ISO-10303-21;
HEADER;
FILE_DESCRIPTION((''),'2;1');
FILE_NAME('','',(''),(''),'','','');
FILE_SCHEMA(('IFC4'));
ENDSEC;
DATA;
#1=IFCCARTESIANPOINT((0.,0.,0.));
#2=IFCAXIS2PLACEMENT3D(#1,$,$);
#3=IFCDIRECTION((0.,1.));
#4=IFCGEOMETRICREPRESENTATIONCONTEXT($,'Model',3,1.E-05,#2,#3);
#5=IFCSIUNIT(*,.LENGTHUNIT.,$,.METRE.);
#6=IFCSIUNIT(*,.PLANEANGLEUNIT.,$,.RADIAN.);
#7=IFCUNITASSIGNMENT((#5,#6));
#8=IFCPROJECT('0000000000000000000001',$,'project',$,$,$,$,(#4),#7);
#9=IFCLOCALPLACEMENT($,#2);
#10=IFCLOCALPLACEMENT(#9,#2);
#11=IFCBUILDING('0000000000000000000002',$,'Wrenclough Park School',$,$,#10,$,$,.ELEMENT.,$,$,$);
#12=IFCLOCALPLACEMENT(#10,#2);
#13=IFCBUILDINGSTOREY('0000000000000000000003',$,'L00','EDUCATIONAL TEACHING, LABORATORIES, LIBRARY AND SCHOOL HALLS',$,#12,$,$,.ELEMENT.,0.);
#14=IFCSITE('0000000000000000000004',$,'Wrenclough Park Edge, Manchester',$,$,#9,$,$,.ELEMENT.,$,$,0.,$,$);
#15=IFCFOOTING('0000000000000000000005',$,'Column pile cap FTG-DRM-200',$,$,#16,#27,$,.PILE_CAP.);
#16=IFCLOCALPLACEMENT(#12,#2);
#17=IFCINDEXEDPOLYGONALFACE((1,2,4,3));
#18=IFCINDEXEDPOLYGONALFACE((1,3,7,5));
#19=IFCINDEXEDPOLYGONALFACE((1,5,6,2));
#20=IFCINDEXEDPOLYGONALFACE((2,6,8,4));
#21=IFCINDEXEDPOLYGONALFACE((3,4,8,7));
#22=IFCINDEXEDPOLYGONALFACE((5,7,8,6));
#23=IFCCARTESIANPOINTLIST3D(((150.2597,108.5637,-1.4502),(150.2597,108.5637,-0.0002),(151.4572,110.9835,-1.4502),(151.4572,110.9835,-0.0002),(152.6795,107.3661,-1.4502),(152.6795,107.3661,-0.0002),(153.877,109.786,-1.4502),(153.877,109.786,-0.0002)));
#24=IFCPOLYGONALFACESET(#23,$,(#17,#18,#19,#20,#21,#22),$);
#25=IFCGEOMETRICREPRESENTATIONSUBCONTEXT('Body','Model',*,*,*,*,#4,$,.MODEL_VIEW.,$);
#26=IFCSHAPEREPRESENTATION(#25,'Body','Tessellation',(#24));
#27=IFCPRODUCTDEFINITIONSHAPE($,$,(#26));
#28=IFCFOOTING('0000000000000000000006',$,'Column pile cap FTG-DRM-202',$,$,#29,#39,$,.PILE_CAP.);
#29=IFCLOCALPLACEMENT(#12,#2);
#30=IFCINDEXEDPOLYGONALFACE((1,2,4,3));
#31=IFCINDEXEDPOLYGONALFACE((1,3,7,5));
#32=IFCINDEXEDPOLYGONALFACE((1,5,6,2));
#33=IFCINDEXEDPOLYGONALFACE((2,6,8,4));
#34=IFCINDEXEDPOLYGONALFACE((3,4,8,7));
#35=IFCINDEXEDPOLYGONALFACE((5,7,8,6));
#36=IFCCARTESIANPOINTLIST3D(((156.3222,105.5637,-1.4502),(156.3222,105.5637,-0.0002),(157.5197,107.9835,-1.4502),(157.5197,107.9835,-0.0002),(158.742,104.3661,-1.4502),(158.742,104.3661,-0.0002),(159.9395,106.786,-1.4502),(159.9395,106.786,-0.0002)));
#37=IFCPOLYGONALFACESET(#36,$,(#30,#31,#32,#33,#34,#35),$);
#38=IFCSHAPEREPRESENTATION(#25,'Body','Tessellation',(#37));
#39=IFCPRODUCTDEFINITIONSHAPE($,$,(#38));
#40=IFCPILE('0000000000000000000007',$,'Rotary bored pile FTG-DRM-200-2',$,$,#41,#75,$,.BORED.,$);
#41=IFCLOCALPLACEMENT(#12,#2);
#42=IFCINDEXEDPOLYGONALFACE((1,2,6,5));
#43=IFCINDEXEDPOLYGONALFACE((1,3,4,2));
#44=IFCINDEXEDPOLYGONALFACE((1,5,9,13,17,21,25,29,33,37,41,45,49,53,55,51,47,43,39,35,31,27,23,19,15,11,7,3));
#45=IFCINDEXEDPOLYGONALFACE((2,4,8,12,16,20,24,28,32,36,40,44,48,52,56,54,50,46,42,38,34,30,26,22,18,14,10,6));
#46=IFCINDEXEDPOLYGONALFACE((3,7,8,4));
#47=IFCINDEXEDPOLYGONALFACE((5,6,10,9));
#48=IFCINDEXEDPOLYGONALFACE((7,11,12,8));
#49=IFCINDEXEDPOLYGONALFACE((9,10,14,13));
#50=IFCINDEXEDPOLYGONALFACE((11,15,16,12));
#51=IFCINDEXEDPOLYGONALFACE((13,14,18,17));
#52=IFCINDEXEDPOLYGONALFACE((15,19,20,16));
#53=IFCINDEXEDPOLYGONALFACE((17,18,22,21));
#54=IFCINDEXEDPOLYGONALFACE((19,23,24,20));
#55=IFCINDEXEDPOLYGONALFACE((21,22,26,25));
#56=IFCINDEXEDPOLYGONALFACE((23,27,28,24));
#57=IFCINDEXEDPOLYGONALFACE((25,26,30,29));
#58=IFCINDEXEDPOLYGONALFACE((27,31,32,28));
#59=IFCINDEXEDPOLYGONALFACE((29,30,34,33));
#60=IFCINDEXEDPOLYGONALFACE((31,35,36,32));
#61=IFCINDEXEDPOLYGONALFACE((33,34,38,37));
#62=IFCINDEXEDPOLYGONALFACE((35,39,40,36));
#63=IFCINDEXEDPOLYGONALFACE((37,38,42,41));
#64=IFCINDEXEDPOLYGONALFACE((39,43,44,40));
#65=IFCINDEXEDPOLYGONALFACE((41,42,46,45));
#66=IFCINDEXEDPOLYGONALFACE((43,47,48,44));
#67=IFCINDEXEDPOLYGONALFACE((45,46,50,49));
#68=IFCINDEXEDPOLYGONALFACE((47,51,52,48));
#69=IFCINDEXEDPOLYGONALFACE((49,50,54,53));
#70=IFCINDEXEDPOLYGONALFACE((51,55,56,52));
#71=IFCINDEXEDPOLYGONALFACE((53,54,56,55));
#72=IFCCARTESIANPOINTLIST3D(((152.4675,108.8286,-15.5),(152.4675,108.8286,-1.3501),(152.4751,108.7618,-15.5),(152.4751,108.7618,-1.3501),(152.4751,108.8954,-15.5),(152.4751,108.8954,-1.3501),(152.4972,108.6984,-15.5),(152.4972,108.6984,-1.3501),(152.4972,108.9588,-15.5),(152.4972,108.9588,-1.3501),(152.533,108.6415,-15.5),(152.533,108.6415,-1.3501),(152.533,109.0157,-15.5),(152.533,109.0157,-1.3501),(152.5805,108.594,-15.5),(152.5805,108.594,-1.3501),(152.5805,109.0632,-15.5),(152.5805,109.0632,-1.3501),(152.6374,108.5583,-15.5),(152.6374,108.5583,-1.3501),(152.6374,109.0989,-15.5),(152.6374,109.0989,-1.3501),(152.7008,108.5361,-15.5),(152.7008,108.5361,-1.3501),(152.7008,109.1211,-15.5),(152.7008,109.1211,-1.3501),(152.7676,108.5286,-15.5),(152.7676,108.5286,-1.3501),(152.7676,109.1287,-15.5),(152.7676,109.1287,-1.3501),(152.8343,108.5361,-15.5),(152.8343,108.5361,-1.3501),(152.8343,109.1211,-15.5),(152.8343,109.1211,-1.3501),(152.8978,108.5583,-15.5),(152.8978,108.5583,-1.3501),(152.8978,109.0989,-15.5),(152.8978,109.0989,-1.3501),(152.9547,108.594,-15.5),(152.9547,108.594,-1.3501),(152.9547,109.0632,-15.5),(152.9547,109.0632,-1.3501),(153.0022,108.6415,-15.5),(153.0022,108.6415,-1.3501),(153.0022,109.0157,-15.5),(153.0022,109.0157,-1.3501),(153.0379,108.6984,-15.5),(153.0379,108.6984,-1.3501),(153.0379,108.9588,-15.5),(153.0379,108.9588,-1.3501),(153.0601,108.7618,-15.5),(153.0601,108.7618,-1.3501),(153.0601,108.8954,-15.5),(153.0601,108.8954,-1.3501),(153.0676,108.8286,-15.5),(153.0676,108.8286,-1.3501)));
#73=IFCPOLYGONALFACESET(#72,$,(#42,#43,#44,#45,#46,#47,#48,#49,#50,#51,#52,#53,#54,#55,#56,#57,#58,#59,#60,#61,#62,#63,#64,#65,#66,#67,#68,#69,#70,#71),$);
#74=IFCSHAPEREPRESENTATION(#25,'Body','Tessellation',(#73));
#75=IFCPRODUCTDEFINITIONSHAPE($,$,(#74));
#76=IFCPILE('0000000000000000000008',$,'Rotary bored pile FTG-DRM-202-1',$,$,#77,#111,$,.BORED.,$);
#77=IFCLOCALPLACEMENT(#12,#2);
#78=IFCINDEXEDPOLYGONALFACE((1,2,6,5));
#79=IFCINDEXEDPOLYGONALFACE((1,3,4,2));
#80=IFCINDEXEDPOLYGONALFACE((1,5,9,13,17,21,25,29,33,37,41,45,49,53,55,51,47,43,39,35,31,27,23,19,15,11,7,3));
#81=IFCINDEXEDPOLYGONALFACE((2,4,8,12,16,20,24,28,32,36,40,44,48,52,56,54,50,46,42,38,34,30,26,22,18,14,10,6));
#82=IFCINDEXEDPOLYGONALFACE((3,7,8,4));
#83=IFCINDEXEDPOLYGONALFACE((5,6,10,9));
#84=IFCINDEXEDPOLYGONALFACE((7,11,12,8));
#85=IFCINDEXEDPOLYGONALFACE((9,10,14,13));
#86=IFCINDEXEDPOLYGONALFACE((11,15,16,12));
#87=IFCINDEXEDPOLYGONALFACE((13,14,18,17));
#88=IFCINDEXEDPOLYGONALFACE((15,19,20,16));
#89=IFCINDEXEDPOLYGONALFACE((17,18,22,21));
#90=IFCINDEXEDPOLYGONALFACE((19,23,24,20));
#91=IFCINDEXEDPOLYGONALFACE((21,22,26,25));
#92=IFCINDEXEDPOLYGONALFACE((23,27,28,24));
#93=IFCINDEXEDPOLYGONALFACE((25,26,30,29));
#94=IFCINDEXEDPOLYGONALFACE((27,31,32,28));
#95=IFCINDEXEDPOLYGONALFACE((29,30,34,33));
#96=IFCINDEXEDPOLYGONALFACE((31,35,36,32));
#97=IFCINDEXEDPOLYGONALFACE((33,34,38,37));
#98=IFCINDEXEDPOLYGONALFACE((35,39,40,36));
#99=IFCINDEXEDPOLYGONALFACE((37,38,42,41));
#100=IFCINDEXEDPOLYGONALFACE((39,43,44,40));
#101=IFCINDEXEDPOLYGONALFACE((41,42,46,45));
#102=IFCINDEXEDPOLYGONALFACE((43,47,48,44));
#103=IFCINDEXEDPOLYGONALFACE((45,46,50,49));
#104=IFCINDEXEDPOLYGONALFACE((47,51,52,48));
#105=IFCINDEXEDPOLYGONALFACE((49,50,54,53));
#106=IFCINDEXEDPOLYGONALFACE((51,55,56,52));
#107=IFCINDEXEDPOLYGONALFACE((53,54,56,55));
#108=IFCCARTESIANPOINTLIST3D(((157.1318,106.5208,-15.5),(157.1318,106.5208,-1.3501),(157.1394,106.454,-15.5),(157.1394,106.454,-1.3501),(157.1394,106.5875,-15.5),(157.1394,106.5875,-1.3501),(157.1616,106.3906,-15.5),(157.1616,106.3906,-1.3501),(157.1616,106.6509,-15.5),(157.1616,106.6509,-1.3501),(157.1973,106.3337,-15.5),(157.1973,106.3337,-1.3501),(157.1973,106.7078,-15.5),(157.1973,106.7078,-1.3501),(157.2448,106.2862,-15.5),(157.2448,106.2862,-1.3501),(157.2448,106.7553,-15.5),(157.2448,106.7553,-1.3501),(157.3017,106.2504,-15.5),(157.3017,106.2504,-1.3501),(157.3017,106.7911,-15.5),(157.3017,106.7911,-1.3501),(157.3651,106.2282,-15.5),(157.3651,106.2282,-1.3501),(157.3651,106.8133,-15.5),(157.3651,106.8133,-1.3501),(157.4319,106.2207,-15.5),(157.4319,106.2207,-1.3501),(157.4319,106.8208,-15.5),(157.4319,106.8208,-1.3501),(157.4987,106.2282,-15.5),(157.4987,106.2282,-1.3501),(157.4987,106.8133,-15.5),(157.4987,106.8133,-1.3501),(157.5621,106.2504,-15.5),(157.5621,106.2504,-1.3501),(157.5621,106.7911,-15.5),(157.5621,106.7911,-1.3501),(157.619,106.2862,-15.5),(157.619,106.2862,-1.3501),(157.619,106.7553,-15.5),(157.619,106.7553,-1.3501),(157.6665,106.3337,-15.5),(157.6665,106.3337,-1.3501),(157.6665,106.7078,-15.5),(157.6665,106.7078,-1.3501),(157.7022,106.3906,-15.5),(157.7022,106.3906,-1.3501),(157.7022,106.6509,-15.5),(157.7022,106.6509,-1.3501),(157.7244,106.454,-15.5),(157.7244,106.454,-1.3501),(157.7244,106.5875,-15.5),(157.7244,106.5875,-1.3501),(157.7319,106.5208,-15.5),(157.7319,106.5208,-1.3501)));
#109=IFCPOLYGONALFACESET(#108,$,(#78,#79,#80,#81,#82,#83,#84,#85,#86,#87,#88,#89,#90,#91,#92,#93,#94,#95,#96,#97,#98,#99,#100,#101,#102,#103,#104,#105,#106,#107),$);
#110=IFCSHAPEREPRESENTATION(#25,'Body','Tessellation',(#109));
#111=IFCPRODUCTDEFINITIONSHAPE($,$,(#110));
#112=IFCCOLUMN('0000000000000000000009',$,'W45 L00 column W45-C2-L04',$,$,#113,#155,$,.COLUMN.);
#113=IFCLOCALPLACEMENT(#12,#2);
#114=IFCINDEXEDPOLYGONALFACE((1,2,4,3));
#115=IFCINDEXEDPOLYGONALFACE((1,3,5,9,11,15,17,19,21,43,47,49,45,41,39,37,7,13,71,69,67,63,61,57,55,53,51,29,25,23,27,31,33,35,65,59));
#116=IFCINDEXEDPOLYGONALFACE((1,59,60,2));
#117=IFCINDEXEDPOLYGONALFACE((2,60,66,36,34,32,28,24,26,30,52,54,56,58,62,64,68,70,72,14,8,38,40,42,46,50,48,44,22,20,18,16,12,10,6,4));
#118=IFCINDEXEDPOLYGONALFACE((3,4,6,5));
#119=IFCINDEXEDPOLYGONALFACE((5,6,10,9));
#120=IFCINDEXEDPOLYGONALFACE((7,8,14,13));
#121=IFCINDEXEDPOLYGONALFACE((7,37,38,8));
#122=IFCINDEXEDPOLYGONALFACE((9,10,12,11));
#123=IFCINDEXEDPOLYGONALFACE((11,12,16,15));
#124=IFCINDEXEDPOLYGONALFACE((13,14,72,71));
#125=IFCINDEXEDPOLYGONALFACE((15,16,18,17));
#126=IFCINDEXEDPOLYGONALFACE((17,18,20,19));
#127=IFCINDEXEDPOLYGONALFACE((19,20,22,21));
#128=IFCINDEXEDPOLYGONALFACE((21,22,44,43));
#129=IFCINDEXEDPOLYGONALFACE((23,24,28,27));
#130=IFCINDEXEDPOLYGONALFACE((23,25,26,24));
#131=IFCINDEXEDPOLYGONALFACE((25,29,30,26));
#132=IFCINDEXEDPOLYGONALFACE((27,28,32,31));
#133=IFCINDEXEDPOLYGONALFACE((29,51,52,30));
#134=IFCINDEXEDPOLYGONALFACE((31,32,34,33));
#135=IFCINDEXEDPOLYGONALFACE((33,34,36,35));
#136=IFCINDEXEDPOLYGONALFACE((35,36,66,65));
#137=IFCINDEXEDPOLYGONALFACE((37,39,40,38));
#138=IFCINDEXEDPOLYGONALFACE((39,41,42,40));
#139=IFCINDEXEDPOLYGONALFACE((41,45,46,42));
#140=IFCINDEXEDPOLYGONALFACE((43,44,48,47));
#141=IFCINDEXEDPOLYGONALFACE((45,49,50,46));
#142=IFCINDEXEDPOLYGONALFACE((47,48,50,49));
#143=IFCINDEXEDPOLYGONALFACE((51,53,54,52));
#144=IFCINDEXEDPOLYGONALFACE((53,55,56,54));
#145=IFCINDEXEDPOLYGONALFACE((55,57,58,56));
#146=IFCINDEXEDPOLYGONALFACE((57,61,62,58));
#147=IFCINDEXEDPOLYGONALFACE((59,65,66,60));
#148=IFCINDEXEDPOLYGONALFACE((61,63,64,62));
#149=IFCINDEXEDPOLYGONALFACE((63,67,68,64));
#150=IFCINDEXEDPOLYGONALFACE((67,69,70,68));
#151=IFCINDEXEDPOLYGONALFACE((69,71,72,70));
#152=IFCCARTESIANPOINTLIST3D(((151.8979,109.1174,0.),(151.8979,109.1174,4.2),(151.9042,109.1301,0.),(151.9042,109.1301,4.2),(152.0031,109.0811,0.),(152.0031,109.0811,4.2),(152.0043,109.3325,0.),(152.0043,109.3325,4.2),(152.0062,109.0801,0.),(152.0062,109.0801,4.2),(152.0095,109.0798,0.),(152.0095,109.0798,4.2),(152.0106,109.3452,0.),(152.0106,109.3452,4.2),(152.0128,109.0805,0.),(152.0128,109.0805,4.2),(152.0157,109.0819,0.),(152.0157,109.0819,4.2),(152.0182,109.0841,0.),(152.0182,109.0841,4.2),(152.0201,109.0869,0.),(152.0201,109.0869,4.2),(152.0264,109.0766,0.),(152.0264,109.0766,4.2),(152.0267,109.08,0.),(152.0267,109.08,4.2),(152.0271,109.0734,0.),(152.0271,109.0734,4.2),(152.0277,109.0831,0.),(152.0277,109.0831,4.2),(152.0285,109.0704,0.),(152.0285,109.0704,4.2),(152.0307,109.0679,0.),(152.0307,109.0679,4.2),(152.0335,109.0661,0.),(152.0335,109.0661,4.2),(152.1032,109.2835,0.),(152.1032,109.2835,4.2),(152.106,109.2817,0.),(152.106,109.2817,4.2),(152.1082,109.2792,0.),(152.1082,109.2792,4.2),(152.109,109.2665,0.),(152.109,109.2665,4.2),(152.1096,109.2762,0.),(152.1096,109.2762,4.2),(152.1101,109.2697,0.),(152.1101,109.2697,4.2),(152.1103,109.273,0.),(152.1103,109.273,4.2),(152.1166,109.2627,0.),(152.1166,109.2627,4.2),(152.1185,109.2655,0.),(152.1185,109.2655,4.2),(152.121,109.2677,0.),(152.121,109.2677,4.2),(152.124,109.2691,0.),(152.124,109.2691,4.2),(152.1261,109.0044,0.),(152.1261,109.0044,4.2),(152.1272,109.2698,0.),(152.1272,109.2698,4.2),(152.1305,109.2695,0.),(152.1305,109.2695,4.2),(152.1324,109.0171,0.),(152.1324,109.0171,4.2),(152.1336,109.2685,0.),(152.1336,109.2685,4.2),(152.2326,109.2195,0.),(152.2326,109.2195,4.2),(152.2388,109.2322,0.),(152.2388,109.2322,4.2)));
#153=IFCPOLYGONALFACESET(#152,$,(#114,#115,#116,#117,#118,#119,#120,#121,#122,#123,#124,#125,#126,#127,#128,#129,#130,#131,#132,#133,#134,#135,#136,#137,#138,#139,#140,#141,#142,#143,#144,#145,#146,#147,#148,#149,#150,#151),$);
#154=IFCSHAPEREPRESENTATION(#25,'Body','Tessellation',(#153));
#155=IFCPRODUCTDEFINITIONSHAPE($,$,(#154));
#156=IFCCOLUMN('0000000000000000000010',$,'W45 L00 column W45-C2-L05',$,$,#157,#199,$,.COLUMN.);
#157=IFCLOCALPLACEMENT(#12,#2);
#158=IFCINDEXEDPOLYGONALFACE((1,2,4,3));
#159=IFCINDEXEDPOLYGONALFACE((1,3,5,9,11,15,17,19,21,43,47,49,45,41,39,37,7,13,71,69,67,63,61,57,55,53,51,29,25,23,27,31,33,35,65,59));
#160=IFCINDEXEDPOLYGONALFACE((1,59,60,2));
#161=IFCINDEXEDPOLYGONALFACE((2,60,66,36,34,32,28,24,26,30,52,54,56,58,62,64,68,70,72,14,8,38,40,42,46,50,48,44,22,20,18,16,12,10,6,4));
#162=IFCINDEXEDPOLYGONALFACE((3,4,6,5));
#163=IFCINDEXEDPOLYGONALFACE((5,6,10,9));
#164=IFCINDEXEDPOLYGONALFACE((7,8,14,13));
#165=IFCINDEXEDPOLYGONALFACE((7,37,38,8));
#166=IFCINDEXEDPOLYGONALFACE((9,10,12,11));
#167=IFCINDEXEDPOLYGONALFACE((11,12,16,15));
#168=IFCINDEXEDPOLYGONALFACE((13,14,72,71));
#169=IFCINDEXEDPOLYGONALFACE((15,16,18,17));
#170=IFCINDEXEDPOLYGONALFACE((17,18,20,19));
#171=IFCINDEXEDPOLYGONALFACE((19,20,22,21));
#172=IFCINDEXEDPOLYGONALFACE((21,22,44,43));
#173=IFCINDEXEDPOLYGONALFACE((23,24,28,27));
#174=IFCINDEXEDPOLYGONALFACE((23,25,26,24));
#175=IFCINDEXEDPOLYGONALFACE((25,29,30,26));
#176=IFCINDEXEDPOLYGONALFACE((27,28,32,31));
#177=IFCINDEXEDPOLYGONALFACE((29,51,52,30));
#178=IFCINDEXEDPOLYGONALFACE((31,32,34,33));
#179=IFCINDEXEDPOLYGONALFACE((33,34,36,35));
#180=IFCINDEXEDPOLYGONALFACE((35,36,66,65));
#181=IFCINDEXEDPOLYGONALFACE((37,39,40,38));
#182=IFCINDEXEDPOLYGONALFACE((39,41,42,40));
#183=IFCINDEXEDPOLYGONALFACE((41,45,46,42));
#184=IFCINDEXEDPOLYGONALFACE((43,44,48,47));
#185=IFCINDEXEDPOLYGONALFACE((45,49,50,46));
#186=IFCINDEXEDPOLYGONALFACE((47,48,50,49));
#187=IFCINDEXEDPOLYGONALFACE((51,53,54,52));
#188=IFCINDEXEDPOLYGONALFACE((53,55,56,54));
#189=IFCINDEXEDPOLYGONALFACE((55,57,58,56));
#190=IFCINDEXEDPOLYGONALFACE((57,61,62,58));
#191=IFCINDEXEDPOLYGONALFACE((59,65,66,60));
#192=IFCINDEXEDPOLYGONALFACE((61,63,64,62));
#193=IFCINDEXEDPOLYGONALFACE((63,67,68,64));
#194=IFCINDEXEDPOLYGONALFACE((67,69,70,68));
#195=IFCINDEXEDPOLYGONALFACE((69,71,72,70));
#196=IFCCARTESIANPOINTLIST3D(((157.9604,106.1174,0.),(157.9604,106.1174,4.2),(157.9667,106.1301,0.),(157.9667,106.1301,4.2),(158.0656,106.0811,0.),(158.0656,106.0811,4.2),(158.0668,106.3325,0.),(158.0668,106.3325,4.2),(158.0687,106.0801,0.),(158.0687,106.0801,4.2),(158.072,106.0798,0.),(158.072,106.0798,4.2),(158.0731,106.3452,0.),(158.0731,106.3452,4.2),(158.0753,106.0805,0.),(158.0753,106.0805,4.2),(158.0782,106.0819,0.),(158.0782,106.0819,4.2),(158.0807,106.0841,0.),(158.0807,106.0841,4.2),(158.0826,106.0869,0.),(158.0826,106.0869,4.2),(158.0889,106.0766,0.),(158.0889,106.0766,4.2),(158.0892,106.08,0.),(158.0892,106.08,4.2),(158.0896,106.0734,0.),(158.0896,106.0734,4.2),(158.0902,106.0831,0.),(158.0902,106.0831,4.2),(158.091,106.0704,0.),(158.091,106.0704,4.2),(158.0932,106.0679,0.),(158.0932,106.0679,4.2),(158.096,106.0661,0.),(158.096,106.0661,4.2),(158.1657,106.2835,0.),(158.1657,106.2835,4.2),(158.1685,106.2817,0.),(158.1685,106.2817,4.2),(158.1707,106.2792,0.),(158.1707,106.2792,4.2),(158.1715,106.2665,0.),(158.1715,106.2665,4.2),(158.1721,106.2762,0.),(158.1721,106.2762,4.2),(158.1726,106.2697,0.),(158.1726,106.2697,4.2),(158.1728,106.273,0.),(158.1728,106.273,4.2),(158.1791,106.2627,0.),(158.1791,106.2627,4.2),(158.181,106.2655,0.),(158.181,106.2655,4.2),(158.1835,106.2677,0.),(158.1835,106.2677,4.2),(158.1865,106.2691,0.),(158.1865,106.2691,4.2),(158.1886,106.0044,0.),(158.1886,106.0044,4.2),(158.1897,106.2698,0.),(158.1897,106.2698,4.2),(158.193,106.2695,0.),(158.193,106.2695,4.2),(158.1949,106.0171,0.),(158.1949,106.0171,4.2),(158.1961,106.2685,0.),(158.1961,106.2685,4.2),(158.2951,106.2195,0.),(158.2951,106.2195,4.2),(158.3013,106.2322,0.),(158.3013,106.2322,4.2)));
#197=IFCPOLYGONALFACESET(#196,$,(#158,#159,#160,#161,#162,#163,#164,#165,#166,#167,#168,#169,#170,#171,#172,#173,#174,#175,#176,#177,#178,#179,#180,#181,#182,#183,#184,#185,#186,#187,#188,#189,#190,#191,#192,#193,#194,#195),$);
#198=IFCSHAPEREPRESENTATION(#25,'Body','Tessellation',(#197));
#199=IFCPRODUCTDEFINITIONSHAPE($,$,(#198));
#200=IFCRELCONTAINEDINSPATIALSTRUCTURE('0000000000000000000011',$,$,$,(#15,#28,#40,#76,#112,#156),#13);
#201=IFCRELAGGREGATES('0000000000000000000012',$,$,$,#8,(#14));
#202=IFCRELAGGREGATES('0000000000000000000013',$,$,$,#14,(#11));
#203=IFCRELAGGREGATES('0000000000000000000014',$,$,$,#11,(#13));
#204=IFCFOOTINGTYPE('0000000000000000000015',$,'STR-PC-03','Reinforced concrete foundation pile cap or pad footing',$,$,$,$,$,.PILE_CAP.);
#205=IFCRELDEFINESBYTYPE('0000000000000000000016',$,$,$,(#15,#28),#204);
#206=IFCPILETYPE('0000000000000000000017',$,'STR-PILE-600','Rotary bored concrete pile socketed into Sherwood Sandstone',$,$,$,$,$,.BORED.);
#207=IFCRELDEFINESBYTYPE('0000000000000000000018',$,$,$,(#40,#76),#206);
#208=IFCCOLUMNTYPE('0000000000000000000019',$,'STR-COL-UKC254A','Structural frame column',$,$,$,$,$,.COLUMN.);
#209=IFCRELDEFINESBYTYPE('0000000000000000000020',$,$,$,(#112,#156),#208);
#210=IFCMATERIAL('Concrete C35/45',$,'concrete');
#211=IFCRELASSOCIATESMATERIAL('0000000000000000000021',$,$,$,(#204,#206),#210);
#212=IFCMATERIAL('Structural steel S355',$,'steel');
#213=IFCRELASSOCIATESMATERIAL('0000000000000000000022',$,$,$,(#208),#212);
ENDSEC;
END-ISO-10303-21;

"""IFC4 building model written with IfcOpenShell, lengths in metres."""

from ifc_helpers import new_model, si_unit, direction, frame, origin, origin_2d, place, context, subcontext, project, spatial, rectangle, circle, i_section, extrude, material, material_profile, profile_set, type_object, element, save


model = new_model("IFC4")

# Units and contexts
model_context = context("Model", 3, precision=1e-05, world=origin(), true_north=direction((0.0, 1.0)))
body_context = subcontext(model_context, "Body", "Model", "MODEL_VIEW")
ifc_project = project(units=[si_unit("LENGTHUNIT", "METRE"), si_unit("PLANEANGLEUNIT", "RADIAN")], contexts=[model_context])

# Site, building, storey
site_placement = place(None, origin())
site = spatial("IfcSite", under=ifc_project, at=site_placement, Name="Wrenclough Park Edge, Manchester", CompositionType="ELEMENT", RefElevation=0.0)
building_placement = place(site_placement, origin())
building = spatial("IfcBuilding", under=site, at=building_placement, Name="Wrenclough Park School", CompositionType="ELEMENT")
storey_placement = place(building_placement, origin())
storey = spatial("IfcBuildingStorey", under=building, at=storey_placement, Name="L00", Description="EDUCATIONAL TEACHING, LABORATORIES, LIBRARY AND SCHOOL HALLS", CompositionType="ELEMENT", Elevation=0.0)

# Footings
ifc_material_1 = material(Name="Concrete C35/45", Category="concrete")
footing_type = type_object("IfcFootingType", Name="STR-PC-03", Description="Reinforced concrete foundation pile cap or pad footing", PredefinedType="PILE_CAP", material=ifc_material_1)
for number, where, z_axis, x_axis, name in (
    (1, (152.0684, 109.1748, -1.4502), (0.0, 0.0, 1.0), (0.896254, -0.443541, 0.0), "Column pile cap FTG-DRM-200"),
    (2, (158.1309, 106.1748, -1.4502), (0.0, 0.0, 1.0), (0.896254, -0.443541, 0.0), "Column pile cap FTG-DRM-202"),
):
    element("IfcFooting", number, at=place(storey_placement, frame(where, z_axis=z_axis, x_axis=x_axis)), inside=storey, type_object=footing_type, Name=name, PredefinedType="PILE_CAP", context=body_context, shape_type="SweptSolid", body=[
        extrude(rectangle(XDim=2.7, YDim=2.7, at=origin_2d()), origin(), (0.0, 0.0, 1.0), 1.45),
    ])

# Piles
ifc_material_profile_1 = material_profile(ifc_material_1, circle(Radius=0.3, at=origin_2d()), Name="BORED PILE D600")
ifc_profile_set_1 = profile_set([ifc_material_profile_1], Name="Concrete C35/45")
pile_type = type_object("IfcPileType", Name="STR-PILE-600", Description="Rotary bored concrete pile socketed into Sherwood Sandstone", PredefinedType="BORED", material=ifc_profile_set_1)
for number, where, z_axis, x_axis, name in (
    (3, (152.7676, 108.8286, -1.3501), (0.0, 0.0, -1.0), (1.0, 0.0, 0.0), "Rotary bored pile FTG-DRM-200-2"),
    (4, (157.4319, 106.5208, -1.3501), (0.0, 0.0, -1.0), (1.0, 0.0, 0.0), "Rotary bored pile FTG-DRM-202-1"),
):
    element("IfcPile", number, at=place(storey_placement, frame(where, z_axis=z_axis, x_axis=x_axis)), inside=storey, type_object=pile_type, Name=name, PredefinedType="BORED", context=body_context, shape_type="SweptSolid", body=[
        extrude(circle(Radius=0.3, at=origin_2d()), origin(), (0.0, 0.0, 1.0), 14.1499),
    ])

# Columns
ifc_material_2 = material(Name="Structural steel S355", Category="steel")
ifc_material_profile_2 = material_profile(ifc_material_2, i_section(OverallWidth=0.2546, OverallDepth=0.2542, WebThickness=0.0085, FlangeThickness=0.0142, FilletRadius=0.0127, at=origin_2d()), Name="UKC 254x254x73")
ifc_profile_set_2 = profile_set([ifc_material_profile_2], Name="Structural steel S355")
column_type = type_object("IfcColumnType", Name="STR-COL-UKC254A", Description="Structural frame column", PredefinedType="COLUMN", material=ifc_profile_set_2)
for number, where, z_axis, x_axis, name in (
    (5, (152.0684, 109.1748, 0.0), (0.0, 0.0, 1.0), (0.896254, -0.443541, 0.0), "W45 L00 column W45-C2-L04"),
    (6, (158.1309, 106.1748, 0.0), (0.0, 0.0, 1.0), (0.896254, -0.443541, 0.0), "W45 L00 column W45-C2-L05"),
):
    element("IfcColumn", number, at=place(storey_placement, frame(where, z_axis=z_axis, x_axis=x_axis)), inside=storey, type_object=column_type, Name=name, PredefinedType="COLUMN", context=body_context, shape_type="SweptSolid", body=[
        extrude(i_section(OverallWidth=0.2546, OverallDepth=0.2542, WebThickness=0.0085, FlangeThickness=0.0142, FilletRadius=0.0127, at=origin_2d()), origin(), (0.0, 0.0, 1.0), 4.2),
    ])

save(model, "model.ifc")
